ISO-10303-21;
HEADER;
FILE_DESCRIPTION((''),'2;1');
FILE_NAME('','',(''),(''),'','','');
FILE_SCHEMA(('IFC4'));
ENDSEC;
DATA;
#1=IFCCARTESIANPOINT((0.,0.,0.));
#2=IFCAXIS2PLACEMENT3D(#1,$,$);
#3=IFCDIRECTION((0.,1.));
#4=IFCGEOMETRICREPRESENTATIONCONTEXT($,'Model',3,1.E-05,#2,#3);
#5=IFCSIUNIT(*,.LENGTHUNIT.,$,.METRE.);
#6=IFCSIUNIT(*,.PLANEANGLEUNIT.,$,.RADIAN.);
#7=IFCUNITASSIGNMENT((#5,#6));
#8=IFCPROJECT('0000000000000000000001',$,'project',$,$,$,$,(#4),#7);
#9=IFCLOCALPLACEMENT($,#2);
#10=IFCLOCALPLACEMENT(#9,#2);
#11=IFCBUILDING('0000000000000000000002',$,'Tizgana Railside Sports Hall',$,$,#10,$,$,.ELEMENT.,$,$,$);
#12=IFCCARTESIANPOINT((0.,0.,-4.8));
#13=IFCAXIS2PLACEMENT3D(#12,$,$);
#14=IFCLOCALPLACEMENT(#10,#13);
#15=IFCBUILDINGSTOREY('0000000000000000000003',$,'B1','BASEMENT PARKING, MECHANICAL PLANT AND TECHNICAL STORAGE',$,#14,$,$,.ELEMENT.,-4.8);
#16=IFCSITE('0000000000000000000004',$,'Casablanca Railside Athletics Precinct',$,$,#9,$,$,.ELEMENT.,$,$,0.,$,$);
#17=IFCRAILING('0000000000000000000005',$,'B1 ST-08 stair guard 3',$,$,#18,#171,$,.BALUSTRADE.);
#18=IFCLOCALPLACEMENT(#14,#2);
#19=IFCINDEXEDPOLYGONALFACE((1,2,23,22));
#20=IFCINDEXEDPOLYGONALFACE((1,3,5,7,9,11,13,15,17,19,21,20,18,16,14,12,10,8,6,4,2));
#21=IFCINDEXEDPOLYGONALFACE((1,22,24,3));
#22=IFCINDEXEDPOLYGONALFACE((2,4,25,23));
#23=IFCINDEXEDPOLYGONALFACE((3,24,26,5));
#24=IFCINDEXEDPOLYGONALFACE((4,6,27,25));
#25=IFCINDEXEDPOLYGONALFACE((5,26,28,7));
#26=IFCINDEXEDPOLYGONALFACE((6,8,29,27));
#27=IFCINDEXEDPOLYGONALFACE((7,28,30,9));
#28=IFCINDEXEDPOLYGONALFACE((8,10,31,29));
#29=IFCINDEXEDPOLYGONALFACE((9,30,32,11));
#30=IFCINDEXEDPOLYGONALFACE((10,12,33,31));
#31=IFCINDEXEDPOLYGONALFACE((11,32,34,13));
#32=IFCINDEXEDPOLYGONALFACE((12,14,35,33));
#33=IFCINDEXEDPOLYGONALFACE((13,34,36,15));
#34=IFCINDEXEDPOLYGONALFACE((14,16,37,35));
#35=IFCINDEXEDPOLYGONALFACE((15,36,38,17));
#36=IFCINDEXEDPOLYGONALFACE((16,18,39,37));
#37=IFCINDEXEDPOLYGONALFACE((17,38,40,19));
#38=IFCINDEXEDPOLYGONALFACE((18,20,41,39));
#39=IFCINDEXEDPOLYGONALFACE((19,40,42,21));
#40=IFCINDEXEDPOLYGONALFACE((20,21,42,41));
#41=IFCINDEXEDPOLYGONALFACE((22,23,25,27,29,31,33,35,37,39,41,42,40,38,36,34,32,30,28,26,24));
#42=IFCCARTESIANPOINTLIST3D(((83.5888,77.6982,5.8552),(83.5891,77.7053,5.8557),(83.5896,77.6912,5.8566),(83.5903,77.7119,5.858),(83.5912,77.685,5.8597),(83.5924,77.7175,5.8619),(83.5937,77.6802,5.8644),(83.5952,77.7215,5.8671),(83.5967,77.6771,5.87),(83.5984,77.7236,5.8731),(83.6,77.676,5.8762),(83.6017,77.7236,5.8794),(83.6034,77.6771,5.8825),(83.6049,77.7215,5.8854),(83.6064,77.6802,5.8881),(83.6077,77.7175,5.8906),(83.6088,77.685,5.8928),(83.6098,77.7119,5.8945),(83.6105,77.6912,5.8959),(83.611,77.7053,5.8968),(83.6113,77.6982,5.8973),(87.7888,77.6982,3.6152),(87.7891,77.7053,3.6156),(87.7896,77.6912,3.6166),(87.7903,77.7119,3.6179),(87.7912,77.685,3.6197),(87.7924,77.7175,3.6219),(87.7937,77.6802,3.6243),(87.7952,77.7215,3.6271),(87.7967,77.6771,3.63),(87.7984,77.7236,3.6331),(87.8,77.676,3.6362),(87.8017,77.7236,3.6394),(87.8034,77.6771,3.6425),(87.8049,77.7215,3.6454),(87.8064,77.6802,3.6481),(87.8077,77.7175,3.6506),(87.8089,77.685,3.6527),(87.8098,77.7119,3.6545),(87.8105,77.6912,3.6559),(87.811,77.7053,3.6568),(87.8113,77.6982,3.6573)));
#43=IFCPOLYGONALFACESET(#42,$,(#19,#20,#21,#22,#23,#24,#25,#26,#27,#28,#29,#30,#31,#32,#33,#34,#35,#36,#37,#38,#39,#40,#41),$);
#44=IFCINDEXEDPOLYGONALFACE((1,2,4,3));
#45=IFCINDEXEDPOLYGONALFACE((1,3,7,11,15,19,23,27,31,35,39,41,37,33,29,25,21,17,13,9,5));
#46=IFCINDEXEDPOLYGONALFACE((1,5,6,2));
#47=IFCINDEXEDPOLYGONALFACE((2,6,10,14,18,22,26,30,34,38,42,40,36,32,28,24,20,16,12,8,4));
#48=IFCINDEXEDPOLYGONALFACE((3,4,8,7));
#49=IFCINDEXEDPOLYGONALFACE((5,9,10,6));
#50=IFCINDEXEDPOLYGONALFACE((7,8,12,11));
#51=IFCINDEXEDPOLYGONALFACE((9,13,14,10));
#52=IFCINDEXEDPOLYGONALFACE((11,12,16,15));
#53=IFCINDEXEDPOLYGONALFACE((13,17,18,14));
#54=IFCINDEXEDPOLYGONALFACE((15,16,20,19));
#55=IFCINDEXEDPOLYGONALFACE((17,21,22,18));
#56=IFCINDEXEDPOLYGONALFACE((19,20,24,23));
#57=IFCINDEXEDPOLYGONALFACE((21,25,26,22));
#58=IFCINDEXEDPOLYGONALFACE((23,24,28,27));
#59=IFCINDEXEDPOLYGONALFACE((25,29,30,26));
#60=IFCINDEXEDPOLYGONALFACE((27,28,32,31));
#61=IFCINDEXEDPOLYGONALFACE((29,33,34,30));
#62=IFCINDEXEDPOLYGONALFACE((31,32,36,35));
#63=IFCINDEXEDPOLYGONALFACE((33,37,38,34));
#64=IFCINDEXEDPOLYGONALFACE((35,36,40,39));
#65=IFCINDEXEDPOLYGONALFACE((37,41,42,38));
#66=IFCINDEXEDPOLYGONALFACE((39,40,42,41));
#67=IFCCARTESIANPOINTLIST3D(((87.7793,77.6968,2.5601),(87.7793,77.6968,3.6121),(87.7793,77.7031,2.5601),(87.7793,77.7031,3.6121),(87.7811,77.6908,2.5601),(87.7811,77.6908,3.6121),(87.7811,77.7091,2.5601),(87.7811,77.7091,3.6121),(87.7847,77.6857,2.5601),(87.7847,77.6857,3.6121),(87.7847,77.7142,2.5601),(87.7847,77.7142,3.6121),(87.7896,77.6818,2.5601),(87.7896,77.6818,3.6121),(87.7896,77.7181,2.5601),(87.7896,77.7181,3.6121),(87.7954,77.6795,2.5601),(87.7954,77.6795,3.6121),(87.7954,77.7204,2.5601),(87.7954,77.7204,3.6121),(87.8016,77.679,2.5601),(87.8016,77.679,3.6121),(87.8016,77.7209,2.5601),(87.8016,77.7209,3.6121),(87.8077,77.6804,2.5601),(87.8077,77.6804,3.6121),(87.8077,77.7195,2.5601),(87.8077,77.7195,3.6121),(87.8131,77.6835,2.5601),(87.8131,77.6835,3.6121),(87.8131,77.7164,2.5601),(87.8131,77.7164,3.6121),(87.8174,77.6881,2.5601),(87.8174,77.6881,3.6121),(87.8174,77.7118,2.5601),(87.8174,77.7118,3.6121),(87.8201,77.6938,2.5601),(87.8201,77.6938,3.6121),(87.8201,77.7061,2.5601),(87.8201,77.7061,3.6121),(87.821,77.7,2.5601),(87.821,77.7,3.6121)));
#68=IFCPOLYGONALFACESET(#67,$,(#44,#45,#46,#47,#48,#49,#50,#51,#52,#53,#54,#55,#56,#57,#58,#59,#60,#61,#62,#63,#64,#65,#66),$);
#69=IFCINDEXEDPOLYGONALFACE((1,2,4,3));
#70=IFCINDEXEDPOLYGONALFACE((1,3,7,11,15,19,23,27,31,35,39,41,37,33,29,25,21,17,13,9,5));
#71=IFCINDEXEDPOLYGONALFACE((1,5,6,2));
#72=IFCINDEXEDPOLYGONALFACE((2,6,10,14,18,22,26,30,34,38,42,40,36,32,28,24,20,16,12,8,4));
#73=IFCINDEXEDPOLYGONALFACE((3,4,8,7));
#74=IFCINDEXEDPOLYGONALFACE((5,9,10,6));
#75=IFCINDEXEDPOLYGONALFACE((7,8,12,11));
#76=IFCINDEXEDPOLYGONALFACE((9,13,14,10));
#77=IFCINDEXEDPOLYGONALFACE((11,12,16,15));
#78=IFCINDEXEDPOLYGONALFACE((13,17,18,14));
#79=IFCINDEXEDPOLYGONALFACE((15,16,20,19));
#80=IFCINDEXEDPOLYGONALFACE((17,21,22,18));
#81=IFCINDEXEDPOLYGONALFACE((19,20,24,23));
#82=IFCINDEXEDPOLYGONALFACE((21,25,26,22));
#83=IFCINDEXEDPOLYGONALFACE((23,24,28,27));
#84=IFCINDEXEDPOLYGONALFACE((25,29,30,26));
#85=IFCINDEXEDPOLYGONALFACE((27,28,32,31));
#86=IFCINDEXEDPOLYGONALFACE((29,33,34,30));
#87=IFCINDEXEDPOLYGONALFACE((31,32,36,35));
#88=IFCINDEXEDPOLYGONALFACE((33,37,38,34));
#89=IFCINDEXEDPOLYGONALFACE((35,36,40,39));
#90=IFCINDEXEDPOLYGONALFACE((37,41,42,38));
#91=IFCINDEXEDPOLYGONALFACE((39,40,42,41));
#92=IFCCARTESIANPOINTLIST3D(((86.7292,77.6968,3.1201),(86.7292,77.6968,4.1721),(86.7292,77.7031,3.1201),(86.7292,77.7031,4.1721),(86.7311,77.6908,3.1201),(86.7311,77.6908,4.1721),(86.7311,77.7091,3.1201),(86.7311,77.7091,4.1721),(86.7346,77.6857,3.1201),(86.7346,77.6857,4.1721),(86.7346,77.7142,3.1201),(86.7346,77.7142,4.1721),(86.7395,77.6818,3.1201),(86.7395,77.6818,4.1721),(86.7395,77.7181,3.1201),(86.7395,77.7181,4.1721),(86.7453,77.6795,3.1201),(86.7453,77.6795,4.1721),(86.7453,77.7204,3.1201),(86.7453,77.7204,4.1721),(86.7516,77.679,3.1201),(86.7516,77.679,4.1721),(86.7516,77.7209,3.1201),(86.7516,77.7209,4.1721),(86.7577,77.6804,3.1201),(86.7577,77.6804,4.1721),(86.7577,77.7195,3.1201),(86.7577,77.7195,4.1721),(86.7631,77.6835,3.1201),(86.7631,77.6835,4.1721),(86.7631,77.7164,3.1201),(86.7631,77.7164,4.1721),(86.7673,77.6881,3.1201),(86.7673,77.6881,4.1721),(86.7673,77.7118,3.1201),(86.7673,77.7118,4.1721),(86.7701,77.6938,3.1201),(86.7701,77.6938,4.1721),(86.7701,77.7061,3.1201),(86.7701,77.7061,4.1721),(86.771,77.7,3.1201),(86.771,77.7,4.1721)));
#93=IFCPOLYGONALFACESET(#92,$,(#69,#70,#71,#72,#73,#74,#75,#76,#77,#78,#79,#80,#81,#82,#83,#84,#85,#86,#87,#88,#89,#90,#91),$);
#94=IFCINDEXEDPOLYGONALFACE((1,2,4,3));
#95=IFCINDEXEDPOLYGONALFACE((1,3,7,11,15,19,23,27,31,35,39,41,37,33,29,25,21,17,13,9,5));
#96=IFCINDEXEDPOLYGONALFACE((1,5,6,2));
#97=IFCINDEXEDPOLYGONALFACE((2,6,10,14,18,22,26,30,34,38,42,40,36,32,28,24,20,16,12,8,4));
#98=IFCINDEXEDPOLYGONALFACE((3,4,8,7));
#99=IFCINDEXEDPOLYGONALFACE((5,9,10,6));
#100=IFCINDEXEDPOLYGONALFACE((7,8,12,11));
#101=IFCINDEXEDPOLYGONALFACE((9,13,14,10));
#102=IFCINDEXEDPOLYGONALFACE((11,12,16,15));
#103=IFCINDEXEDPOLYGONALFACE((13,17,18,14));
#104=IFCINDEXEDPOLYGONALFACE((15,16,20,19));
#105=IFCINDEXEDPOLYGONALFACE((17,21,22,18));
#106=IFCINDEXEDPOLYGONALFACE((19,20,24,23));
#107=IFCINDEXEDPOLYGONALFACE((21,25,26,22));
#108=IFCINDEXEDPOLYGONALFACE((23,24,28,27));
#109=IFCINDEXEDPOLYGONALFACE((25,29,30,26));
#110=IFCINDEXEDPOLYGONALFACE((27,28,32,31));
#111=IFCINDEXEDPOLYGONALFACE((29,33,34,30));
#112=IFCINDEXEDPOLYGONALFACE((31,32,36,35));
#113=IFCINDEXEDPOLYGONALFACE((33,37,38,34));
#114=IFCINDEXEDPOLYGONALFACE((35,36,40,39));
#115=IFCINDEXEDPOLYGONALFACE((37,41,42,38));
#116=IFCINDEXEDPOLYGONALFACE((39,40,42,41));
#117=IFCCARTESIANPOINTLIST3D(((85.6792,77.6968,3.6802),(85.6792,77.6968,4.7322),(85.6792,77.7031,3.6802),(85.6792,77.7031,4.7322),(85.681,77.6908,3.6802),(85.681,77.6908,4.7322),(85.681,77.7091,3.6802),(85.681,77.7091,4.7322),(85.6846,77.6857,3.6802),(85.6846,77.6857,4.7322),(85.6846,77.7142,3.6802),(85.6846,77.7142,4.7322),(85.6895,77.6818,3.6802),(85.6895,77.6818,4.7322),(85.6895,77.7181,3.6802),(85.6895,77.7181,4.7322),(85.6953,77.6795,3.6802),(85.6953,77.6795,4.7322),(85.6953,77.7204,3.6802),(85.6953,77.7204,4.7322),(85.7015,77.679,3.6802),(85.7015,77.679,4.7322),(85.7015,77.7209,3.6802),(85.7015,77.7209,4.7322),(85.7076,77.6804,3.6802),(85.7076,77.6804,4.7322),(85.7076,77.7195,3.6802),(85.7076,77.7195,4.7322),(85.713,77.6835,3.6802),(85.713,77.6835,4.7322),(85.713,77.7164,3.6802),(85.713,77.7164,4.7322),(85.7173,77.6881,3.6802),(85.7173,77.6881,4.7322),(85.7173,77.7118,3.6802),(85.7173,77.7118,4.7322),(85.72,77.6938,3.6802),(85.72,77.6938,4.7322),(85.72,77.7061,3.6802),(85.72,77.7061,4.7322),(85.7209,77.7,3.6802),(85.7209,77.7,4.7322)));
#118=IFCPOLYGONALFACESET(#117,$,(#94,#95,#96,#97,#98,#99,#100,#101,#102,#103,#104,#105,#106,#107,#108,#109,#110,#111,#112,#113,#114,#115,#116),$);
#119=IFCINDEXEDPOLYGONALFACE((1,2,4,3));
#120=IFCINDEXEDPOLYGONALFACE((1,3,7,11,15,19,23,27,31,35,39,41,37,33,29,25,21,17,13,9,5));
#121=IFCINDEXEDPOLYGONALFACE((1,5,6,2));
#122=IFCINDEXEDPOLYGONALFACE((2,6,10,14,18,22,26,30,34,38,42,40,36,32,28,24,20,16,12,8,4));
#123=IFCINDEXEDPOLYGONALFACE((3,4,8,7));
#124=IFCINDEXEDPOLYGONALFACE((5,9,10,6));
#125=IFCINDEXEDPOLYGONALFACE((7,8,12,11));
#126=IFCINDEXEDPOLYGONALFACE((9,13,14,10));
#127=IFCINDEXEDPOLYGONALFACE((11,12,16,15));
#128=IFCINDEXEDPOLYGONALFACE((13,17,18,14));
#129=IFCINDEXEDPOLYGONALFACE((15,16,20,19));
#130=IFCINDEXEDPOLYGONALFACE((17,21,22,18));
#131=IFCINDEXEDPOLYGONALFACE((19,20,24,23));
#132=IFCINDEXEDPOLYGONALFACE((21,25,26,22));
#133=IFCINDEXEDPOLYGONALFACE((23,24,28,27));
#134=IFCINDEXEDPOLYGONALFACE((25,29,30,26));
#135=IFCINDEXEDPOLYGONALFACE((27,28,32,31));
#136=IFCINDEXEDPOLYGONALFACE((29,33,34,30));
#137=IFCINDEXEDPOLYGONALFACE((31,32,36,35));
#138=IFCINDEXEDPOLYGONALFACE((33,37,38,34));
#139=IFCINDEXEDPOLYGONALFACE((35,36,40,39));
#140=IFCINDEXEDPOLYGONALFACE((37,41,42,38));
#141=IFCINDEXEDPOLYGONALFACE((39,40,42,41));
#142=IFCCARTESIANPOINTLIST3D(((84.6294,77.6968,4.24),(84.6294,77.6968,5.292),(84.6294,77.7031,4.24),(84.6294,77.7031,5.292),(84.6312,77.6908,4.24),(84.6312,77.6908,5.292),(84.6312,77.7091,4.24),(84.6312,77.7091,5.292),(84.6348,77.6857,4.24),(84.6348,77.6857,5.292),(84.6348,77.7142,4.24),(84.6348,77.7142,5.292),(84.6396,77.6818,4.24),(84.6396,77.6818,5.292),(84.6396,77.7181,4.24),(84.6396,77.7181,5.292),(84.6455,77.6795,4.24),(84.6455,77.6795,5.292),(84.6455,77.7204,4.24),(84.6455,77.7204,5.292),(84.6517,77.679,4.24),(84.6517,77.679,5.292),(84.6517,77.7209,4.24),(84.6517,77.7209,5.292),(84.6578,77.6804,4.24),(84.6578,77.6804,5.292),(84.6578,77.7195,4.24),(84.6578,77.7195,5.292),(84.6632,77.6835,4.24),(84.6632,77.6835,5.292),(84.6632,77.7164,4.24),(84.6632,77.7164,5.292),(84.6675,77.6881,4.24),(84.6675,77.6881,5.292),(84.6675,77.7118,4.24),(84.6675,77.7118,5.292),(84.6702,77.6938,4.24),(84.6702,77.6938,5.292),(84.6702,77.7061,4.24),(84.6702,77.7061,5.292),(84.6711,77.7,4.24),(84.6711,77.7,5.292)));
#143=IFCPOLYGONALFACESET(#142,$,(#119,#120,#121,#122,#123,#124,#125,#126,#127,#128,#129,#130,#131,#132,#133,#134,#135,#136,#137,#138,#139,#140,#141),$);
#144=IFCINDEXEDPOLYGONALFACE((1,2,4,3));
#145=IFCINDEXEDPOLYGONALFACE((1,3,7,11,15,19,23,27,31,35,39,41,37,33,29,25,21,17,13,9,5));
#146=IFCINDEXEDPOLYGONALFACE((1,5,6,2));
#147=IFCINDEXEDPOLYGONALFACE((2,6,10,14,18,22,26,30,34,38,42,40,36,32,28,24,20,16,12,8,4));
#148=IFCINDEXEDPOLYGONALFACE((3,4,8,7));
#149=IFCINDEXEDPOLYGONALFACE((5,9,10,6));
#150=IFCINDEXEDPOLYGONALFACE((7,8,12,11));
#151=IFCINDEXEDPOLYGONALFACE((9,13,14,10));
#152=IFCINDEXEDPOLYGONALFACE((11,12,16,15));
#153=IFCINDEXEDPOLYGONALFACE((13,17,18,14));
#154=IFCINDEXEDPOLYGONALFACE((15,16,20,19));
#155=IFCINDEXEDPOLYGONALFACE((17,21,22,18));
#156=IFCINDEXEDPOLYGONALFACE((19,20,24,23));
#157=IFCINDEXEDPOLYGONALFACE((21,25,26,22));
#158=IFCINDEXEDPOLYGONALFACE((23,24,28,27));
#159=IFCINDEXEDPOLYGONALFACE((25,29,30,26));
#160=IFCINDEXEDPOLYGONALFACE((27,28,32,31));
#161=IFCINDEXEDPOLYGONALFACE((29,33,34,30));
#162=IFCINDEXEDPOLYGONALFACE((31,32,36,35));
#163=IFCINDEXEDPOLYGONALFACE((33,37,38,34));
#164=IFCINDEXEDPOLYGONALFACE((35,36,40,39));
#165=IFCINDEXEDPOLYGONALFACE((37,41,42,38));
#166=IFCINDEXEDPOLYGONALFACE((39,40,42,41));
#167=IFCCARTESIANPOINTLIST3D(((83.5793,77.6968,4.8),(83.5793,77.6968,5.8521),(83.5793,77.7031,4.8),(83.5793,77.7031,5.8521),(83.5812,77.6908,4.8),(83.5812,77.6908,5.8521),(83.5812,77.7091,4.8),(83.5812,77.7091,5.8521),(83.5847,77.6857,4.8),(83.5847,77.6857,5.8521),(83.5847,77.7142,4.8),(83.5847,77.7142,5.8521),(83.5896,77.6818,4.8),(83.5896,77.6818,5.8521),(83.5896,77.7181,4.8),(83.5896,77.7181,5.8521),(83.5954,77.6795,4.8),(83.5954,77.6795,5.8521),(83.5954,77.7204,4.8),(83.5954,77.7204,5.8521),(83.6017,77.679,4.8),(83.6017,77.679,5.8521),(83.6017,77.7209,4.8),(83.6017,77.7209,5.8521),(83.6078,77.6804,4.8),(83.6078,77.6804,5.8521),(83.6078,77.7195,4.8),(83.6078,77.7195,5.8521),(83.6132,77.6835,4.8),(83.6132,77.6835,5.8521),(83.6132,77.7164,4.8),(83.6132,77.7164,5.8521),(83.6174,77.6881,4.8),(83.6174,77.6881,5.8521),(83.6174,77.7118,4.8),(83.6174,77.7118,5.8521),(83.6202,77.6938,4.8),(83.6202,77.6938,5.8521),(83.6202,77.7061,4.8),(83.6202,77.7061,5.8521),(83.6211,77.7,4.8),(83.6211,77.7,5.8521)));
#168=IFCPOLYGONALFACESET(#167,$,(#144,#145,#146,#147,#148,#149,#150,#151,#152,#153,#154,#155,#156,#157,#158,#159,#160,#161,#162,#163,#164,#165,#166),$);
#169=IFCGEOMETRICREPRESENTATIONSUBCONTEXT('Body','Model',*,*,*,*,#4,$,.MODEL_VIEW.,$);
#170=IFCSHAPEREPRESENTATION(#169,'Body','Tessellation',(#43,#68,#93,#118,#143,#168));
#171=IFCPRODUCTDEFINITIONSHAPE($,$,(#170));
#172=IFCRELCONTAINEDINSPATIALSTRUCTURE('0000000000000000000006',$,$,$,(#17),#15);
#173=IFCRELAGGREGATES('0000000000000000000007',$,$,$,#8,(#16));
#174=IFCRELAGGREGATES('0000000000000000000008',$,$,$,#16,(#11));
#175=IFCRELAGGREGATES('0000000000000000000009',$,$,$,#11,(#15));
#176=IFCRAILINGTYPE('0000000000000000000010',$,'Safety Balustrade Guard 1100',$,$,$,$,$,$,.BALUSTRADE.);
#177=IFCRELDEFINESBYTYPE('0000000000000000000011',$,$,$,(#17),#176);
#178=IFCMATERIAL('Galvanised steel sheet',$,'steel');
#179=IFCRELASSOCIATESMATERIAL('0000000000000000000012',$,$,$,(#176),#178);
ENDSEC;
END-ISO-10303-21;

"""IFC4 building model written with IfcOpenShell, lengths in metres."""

from ifc_helpers import new_model, si_unit, direction, frame, origin, origin_2d, place, context, subcontext, project, spatial, circle, extrude, material, type_object, element, save


model = new_model("IFC4")

# Units and contexts
model_context = context("Model", 3, precision=1e-05, world=origin(), true_north=direction((0.0, 1.0)))
body_context = subcontext(model_context, "Body", "Model", "MODEL_VIEW")
ifc_project = project(units=[si_unit("LENGTHUNIT", "METRE"), si_unit("PLANEANGLEUNIT", "RADIAN")], contexts=[model_context])

# Site, building, storey
site_placement = place(None, origin())
site = spatial("IfcSite", under=ifc_project, at=site_placement, Name="Casablanca Railside Athletics Precinct", CompositionType="ELEMENT", RefElevation=0.0)
building_placement = place(site_placement, origin())
building = spatial("IfcBuilding", under=site, at=building_placement, Name="Tizgana Railside Sports Hall", CompositionType="ELEMENT")
storey_placement = place(building_placement, frame((0.0, 0.0, -4.8)))
storey = spatial("IfcBuildingStorey", under=building, at=storey_placement, Name="B1", Description="BASEMENT PARKING, MECHANICAL PLANT AND TECHNICAL STORAGE", CompositionType="ELEMENT", Elevation=-4.8)

# Railing
ifc_material_1 = material(Name="Galvanised steel sheet", Category="steel")
railing_type_1 = type_object("IfcRailingType", Name="Safety Balustrade Guard 1100", PredefinedType="BALUSTRADE", material=ifc_material_1)
railing_1_placement = place(storey_placement, frame((87.8, 77.7, 2.5601)))
element("IfcRailing", 1, at=railing_1_placement, inside=storey, type_object=railing_type_1, Name="B1 ST-08 stair guard 3", PredefinedType="BALUSTRADE", context=body_context, shape_type="SweptSolid", body=[
    extrude(circle(Radius=0.0239, at=origin_2d()), frame((0.0, 0.0, 1.0762), z_axis=(-0.882352, 0.0, 0.470591), x_axis=(0.0, -1.0, 0.0)), (0.0, 0.0, 1.0), 4.76),
    extrude(circle(Radius=0.021, at=origin_2d()), origin(), (0.0, 0.0, 1.0), 1.052),
    extrude(circle(Radius=0.021, at=origin_2d()), frame((-1.05, 0.0, 0.5601)), (0.0, 0.0, 1.0), 1.052),
    extrude(circle(Radius=0.021, at=origin_2d()), frame((-2.1001, 0.0, 1.1201)), (0.0, 0.0, 1.0), 1.052),
    extrude(circle(Radius=0.021, at=origin_2d()), frame((-3.1499, 0.0, 1.6799)), (0.0, 0.0, 1.0), 1.052),
    extrude(circle(Radius=0.021, at=origin_2d()), frame((-4.2, 0.0, 2.24)), (0.0, 0.0, 1.0), 1.052),
])

save(model, "model.ifc")
